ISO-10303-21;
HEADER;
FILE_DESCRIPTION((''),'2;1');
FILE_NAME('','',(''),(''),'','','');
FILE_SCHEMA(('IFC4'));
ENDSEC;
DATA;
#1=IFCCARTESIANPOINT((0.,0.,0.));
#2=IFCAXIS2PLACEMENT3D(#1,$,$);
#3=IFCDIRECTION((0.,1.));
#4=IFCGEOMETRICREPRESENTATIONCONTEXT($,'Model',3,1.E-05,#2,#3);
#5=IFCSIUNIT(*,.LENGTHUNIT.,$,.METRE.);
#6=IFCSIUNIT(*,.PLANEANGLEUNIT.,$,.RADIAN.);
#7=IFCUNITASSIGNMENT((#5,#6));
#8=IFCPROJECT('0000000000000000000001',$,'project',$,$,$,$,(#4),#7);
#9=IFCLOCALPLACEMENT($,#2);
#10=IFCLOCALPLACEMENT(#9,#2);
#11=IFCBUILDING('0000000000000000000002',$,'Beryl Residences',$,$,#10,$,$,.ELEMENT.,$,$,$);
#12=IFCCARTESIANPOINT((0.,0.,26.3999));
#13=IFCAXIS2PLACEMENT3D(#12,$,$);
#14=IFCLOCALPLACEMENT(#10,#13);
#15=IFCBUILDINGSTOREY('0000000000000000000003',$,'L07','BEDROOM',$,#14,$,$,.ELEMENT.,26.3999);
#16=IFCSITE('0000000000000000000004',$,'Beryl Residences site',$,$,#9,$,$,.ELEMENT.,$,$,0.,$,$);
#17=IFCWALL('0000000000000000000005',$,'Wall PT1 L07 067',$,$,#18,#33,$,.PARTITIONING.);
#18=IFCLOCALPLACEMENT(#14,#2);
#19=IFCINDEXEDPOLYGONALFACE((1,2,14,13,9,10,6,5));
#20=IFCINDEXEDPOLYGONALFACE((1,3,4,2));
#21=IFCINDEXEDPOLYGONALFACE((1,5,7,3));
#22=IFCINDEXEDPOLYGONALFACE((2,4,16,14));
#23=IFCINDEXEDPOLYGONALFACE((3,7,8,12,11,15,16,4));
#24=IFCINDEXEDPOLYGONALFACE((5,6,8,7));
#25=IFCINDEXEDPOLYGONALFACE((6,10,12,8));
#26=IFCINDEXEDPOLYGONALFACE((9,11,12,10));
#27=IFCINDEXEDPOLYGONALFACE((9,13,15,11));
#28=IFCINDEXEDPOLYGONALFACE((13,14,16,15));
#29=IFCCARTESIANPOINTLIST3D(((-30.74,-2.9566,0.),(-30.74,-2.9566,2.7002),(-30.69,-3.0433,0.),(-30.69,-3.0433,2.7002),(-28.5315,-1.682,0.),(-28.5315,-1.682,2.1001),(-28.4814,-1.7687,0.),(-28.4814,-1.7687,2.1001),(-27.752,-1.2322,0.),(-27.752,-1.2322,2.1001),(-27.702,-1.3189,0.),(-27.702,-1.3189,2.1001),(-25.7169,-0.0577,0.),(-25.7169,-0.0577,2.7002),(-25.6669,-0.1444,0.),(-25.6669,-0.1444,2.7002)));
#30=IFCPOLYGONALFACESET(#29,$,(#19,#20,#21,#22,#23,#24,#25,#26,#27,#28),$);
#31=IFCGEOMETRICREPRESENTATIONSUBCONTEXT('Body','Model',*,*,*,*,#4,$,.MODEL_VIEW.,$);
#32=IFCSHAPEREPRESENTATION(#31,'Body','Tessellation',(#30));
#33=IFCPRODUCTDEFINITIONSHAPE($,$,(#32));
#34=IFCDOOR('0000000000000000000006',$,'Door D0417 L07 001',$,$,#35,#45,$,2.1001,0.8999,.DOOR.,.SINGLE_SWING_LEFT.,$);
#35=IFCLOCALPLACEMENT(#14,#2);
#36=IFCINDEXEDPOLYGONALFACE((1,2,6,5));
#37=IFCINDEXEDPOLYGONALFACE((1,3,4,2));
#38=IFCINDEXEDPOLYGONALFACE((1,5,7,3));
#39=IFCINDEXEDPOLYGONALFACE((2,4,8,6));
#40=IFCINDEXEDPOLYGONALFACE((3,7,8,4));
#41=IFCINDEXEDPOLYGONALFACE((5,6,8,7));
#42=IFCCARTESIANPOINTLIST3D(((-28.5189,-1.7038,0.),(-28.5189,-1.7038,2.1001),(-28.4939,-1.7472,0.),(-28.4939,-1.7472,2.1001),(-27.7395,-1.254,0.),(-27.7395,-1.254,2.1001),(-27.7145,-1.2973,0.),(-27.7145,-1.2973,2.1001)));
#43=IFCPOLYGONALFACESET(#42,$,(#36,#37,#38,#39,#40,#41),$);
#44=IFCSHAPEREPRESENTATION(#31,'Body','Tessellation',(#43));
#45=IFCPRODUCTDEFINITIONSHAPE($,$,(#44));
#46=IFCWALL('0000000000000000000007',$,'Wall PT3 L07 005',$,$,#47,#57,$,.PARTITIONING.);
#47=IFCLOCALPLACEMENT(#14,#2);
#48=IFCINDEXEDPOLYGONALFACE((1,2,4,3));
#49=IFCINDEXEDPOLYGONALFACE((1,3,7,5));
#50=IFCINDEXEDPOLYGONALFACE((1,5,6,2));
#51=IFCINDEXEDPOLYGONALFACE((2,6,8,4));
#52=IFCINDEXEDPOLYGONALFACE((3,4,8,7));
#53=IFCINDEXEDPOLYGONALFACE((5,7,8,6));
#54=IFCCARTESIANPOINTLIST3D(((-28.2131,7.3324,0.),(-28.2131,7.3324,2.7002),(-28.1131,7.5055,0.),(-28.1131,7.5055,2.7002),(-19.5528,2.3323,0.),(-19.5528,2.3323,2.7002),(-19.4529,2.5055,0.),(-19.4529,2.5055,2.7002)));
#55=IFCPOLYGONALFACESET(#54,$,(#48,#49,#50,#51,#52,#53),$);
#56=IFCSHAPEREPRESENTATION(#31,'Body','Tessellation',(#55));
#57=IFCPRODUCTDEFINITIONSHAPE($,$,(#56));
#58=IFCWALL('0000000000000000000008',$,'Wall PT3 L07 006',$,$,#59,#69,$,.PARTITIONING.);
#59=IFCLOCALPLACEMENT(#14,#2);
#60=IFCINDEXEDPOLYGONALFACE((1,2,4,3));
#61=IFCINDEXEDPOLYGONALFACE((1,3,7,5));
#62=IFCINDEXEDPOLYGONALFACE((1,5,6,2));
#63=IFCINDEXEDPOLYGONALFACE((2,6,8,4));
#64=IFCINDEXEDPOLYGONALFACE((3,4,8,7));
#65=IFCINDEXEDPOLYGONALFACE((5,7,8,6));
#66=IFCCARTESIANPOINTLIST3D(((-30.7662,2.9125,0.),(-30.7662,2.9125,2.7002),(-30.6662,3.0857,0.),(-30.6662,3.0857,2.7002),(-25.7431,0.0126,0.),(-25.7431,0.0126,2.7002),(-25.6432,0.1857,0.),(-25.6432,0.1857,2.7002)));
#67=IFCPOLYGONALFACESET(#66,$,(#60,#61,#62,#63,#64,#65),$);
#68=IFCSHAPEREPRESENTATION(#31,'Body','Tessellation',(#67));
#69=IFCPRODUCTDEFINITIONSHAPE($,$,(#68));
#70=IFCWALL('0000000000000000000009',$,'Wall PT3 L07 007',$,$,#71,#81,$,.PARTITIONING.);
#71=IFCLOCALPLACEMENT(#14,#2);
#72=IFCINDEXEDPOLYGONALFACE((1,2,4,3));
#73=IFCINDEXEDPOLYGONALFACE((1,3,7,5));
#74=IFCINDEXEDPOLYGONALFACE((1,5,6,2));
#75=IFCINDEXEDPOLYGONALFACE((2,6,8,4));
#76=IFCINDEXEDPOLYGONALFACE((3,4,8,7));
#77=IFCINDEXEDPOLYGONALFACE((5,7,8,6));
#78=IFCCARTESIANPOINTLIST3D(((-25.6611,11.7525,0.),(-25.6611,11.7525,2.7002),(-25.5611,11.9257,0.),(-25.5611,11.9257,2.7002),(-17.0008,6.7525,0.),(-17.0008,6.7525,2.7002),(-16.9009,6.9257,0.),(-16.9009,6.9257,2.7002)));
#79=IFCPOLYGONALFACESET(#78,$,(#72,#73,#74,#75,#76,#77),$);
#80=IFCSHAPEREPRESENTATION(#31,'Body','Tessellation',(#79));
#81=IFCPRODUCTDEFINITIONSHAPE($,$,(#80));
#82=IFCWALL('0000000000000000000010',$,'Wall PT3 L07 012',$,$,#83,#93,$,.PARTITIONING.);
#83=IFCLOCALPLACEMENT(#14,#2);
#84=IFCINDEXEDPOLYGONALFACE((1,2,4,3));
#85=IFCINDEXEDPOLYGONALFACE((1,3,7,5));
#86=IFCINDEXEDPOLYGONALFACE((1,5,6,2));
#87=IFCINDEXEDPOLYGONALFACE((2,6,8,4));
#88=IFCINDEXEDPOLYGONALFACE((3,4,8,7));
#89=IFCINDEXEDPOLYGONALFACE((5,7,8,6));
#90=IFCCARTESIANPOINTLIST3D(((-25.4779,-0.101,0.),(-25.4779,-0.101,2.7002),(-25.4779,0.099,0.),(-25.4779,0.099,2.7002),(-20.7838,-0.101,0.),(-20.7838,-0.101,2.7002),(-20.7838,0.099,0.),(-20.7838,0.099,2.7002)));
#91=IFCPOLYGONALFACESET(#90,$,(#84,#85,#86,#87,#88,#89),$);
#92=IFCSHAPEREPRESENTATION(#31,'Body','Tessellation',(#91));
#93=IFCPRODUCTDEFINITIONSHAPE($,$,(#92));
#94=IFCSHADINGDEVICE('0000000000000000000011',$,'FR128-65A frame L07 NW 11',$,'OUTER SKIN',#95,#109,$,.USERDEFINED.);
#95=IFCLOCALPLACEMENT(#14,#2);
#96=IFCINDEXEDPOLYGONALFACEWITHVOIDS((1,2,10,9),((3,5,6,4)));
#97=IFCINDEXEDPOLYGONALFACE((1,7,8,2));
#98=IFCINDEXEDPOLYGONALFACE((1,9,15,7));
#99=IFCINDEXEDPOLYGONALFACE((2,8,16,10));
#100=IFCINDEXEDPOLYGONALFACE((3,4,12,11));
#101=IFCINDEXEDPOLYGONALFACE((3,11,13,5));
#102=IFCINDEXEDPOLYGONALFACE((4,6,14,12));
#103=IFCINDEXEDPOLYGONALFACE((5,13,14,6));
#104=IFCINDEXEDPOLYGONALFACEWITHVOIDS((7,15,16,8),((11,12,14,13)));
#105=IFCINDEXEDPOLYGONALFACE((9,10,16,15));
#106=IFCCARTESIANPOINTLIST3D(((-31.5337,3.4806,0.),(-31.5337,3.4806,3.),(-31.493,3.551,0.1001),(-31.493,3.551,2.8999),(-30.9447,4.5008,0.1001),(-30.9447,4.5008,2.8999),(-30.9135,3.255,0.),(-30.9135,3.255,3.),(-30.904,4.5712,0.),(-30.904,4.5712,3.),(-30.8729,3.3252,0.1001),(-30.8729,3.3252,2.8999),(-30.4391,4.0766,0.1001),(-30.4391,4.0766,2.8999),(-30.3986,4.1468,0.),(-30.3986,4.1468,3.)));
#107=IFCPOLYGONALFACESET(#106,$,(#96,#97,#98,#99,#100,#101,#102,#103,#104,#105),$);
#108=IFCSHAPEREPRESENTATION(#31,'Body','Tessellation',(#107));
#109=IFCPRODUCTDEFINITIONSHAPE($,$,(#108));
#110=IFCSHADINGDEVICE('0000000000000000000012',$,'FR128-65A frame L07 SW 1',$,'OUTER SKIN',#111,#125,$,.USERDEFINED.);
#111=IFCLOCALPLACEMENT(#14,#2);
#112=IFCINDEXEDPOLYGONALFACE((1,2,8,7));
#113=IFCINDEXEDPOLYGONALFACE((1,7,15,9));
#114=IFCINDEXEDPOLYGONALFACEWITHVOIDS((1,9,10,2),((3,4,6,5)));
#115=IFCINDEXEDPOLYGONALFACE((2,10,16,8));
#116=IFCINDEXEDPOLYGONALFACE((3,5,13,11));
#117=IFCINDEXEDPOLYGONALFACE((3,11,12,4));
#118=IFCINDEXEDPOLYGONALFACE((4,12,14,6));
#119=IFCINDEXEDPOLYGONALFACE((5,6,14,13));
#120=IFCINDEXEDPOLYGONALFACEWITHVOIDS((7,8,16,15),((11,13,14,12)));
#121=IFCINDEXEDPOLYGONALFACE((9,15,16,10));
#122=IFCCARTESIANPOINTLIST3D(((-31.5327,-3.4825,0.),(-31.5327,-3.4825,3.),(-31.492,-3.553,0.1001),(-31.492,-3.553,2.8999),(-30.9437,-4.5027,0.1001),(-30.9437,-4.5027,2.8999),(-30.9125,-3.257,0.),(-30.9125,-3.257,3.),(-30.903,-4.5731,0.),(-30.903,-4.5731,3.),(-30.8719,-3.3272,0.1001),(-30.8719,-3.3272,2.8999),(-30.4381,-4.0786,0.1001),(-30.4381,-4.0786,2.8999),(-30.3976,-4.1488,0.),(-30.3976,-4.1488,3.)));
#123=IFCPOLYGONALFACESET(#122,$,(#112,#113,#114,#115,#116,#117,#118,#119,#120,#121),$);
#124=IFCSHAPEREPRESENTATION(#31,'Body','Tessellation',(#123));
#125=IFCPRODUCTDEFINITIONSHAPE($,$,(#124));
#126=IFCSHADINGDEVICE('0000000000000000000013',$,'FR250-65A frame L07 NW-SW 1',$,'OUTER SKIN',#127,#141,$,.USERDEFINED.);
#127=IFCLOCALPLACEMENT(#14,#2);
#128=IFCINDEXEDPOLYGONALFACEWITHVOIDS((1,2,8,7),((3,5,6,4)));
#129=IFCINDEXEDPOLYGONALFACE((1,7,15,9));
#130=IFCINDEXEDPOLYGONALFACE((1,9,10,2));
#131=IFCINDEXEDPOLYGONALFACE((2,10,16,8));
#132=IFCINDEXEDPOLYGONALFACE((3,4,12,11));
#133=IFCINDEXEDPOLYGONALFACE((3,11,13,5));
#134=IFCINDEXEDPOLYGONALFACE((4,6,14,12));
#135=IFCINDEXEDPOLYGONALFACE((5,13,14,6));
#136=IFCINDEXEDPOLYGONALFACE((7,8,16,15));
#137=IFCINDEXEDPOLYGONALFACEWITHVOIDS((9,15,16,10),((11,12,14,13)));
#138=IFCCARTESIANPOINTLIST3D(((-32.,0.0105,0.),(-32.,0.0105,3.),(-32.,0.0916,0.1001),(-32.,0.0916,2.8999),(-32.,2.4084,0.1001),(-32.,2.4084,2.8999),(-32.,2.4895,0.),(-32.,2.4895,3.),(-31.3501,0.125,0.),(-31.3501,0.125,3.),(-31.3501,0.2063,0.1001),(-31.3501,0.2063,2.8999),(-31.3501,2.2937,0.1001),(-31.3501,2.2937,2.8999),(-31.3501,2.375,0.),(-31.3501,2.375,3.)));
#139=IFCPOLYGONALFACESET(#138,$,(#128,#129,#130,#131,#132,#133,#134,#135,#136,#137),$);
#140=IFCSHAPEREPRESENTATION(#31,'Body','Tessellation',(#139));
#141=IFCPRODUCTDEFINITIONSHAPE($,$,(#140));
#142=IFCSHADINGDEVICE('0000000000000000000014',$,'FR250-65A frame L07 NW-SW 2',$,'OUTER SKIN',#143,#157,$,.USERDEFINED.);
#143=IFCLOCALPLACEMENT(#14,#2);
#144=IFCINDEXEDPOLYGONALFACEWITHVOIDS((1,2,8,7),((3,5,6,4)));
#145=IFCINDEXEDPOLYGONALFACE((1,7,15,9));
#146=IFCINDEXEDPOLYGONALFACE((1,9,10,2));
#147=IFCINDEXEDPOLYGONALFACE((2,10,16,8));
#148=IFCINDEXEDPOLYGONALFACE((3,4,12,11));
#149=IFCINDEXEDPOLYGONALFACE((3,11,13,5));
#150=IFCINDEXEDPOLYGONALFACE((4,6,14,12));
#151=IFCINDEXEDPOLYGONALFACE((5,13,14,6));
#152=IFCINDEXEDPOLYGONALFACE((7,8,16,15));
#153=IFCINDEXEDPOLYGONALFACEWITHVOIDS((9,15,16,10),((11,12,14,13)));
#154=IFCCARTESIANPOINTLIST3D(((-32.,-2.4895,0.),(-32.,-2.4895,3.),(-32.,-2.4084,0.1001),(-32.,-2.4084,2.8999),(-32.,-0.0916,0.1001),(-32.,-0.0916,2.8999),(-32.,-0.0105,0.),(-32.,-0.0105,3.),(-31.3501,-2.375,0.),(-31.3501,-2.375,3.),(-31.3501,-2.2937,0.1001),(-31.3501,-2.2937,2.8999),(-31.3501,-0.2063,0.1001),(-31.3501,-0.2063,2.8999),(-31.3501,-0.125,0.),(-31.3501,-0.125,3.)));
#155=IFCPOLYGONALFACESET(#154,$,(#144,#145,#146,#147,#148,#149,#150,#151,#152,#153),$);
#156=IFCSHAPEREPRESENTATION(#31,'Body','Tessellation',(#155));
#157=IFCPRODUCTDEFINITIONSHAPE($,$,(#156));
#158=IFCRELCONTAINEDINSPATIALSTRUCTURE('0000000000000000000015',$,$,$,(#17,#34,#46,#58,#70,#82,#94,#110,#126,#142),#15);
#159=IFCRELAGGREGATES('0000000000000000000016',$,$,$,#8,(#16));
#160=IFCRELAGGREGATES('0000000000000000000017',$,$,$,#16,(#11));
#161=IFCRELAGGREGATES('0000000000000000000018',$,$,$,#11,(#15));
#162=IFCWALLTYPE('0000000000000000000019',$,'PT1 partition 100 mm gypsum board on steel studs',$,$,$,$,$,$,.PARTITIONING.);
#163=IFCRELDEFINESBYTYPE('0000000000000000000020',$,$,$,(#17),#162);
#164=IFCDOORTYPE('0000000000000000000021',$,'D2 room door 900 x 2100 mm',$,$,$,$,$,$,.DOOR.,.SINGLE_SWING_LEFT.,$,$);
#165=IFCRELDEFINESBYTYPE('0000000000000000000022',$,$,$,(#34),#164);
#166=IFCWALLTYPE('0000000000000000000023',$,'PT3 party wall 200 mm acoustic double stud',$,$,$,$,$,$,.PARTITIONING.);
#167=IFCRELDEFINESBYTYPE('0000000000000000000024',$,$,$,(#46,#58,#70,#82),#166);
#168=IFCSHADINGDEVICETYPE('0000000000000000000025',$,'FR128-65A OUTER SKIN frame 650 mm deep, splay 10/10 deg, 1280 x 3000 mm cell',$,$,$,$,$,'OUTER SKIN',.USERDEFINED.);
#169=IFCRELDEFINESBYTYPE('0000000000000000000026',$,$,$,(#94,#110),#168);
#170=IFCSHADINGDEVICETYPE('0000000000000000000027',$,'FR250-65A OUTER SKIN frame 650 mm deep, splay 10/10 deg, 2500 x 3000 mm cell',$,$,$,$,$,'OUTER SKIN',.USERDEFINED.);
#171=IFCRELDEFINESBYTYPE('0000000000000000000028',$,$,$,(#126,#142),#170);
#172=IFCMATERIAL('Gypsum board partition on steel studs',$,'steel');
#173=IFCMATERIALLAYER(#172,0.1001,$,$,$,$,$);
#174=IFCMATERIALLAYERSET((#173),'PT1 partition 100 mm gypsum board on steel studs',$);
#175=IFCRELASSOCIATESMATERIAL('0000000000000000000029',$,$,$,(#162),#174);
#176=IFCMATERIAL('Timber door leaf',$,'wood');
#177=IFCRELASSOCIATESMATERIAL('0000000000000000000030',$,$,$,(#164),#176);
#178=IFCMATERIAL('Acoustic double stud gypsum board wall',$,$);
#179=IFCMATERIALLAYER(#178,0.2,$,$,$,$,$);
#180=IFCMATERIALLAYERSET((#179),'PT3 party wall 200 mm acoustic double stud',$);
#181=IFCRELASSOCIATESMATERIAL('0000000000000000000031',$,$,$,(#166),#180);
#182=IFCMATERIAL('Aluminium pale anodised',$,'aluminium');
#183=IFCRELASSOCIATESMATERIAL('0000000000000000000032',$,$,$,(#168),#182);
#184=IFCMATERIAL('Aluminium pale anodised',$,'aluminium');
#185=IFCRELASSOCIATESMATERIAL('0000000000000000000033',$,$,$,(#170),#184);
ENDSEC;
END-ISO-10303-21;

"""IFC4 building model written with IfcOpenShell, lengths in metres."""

from ifc_helpers import new_model, entity, si_unit, direction, frame, frame_2d, origin, place, context, subcontext, project, spatial, rectangle, extrude, source, transform, mapped, material, layer, layer_set, type_object, type_shapes, element, fill, save


model = new_model("IFC4")

# Units and contexts
model_context = context("Model", 3, precision=1e-05, world=origin(), true_north=direction((0.0, 1.0)))
body_context = subcontext(model_context, "Body", "Model", "MODEL_VIEW")
ifc_project = project(units=[si_unit("LENGTHUNIT", "METRE"), si_unit("PLANEANGLEUNIT", "RADIAN")], contexts=[model_context])

# Site, building, storey
site_placement = place(None, origin())
site = spatial("IfcSite", under=ifc_project, at=site_placement, Name="Beryl Residences site", CompositionType="ELEMENT", RefElevation=0.0)
building_placement = place(site_placement, origin())
building = spatial("IfcBuilding", under=site, at=building_placement, Name="Beryl Residences", CompositionType="ELEMENT")
storey_placement = place(building_placement, frame((0.0, 0.0, 26.3999)))
storey = spatial("IfcBuildingStorey", under=building, at=storey_placement, Name="L07", Description="BEDROOM", CompositionType="ELEMENT", Elevation=26.3999)

# Wall, opening, door
ifc_material_1 = material(Name="Gypsum board partition on steel studs", Category="steel")
ifc_layer_1 = layer(ifc_material_1, 0.1001)
ifc_layer_set_1 = layer_set([ifc_layer_1], Name="PT1 partition 100 mm gypsum board on steel studs")
wall_type_1 = type_object("IfcWallType", Name="PT1 partition 100 mm gypsum board on steel studs", PredefinedType="PARTITIONING", material=ifc_layer_set_1)
wall_1_placement = place(storey_placement, frame((-30.7151, -3.0, 0.0), z_axis=(0.0, 0.0, 1.0), x_axis=(0.866116, 0.499843, 0.0)))
wall_1 = element("IfcWall", 1, at=wall_1_placement, inside=storey, type_object=wall_type_1, Name="Wall PT1 L07 067", PredefinedType="PARTITIONING", context=body_context, shape_type="SweptSolid", body=[
    extrude(rectangle(XDim=5.7996, YDim=0.1001, at=frame_2d((2.8999, 0.0))), origin(), (0.0, 0.0, 1.0), 2.7002),
])
opening_1_placement = place(wall_1_placement, frame((2.55, 0.0, 0.0)))
opening_1 = element("IfcOpeningElement", 2, at=opening_1_placement, cuts=wall_1, PredefinedType="OPENING", context=body_context, shape_type="SweptSolid", body=[
    extrude(rectangle(XDim=0.8999, YDim=2.1001, at=frame_2d((0.45, 1.05))), frame((0.0, 0.0601, 0.0), z_axis=(0.0, -1.0, 0.0), x_axis=(1.0, 0.0, 0.0)), (0.0, 0.0, 1.0), 0.1201),
])
ifc_material_2 = material(Name="Timber door leaf", Category="wood")
door_type_1 = type_object("IfcDoorType", Name="D2 room door 900 x 2100 mm", OperationType="SINGLE_SWING_LEFT", PredefinedType="DOOR", material=ifc_material_2)
door_1_placement = place(opening_1_placement, origin())
door_1 = element("IfcDoor", 3, at=door_1_placement, inside=storey, type_object=door_type_1, Name="Door D0417 L07 001", OperationType="SINGLE_SWING_LEFT", OverallHeight=2.1001, OverallWidth=0.8999, PredefinedType="DOOR", context=body_context, shape_type="SweptSolid", body=[
    extrude(rectangle(XDim=0.8999, YDim=2.1001, at=frame_2d((0.45, 1.05))), frame((0.0, 0.0249, 0.0), z_axis=(0.0, -1.0, 0.0), x_axis=(1.0, 0.0, 0.0)), (0.0, 0.0, 1.0), 0.05),
])
fill(opening_1, door_1)

# Walls
ifc_material_3 = material(Name="Acoustic double stud gypsum board wall")
ifc_layer_2 = layer(ifc_material_3, 0.2)
ifc_layer_set_2 = layer_set([ifc_layer_2], Name="PT3 party wall 200 mm acoustic double stud")
wall_type_2 = type_object("IfcWallType", Name="PT3 party wall 200 mm acoustic double stud", PredefinedType="PARTITIONING", material=ifc_layer_set_2)
wall_2_placement = place(storey_placement, frame((-28.1631, 7.4189, 0.0), z_axis=(0.0, 0.0, 1.0), x_axis=(0.866023, -0.500004, 0.0)))
element("IfcWall", 4, at=wall_2_placement, inside=storey, type_object=wall_type_2, Name="Wall PT3 L07 005", PredefinedType="PARTITIONING", context=body_context, shape_type="SweptSolid", body=[
    extrude(rectangle(XDim=10.0, YDim=0.2, at=frame_2d((5.0, 0.0))), origin(), (0.0, 0.0, 1.0), 2.7002),
])
wall_3_placement = place(storey_placement, frame((-30.7161, 2.999, 0.0), z_axis=(0.0, 0.0, 1.0), x_axis=(0.866033, -0.499987, 0.0)))
element("IfcWall", 5, at=wall_3_placement, inside=storey, type_object=wall_type_2, Name="Wall PT3 L07 006", PredefinedType="PARTITIONING", context=body_context, shape_type="SweptSolid", body=[
    extrude(rectangle(XDim=5.8, YDim=0.2, at=frame_2d((2.8999, 0.0))), origin(), (0.0, 0.0, 1.0), 2.7002),
])
wall_4_placement = place(storey_placement, frame((-25.6111, 11.8391, 0.0), z_axis=(0.0, 0.0, 1.0), x_axis=(0.866023, -0.500004, 0.0)))
element("IfcWall", 6, at=wall_4_placement, inside=storey, type_object=wall_type_2, Name="Wall PT3 L07 007", PredefinedType="PARTITIONING", context=body_context, shape_type="SweptSolid", body=[
    extrude(rectangle(XDim=10.0, YDim=0.2, at=frame_2d((5.0, 0.0))), origin(), (0.0, 0.0, 1.0), 2.7002),
])
wall_5_placement = place(storey_placement, frame((-25.478, -0.001, 0.0), z_axis=(0.0, 0.0, 1.0), x_axis=(1.0, 0.0, 0.0)))
element("IfcWall", 7, at=wall_5_placement, inside=storey, type_object=wall_type_2, Name="Wall PT3 L07 012", PredefinedType="PARTITIONING", context=body_context, shape_type="SweptSolid", body=[
    extrude(rectangle(XDim=4.6941, YDim=0.2, at=frame_2d((2.3472, 0.0))), origin(), (0.0, 0.0, 1.0), 2.7002),
])

# Shading devices
ifc_material_4 = material(Name="Aluminium pale anodised", Category="aluminium")
shading_device_type_1 = type_object("IfcShadingDeviceType", Name="FR128-65A OUTER SKIN frame 650 mm deep, splay 10/10 deg, 1280 x 3000 mm cell", ElementType="OUTER SKIN", PredefinedType="USERDEFINED", material=ifc_material_4)
cartesian_point_1 = entity("IfcCartesianPoint", [-0.5149, 0.0])
cartesian_point_2 = entity("IfcCartesianPoint", [-0.4338, 0.1001])
cartesian_point_3 = entity("IfcCartesianPoint", [-0.6296, 0.0])
cartesian_point_4 = entity("IfcCartesianPoint", [-0.5483, 0.1001])
shared_shape_1 = source(origin(), body_context, "Body", "SweptSolid", [
    entity("IfcExtrudedAreaSolidTapered", entity("IfcArbitraryProfileDefWithVoids", "AREA", None, entity("IfcPolyline", [cartesian_point_1, entity("IfcCartesianPoint", [0.5149, 0.0]), entity("IfcCartesianPoint", [0.5149, 3.0]), entity("IfcCartesianPoint", [-0.5149, 3.0]), cartesian_point_1]), [entity("IfcPolyline", [cartesian_point_2, entity("IfcCartesianPoint", [0.4338, 0.1001]), entity("IfcCartesianPoint", [0.4338, 2.8999]), entity("IfcCartesianPoint", [-0.4338, 2.8999]), cartesian_point_2])]), entity("IfcAxis2Placement3D", entity("IfcCartesianPoint", [0.0, 0.0, 0.0]), entity("IfcDirection", [0.0, 1.0, 0.0]), entity("IfcDirection", [-1.0, 0.0, 0.0])), entity("IfcDirection", [0.0, 0.0, 1.0]), 0.6499, entity("IfcArbitraryProfileDefWithVoids", "AREA", None, entity("IfcPolyline", [cartesian_point_3, entity("IfcCartesianPoint", [0.6296, 0.0]), entity("IfcCartesianPoint", [0.6296, 3.0]), entity("IfcCartesianPoint", [-0.6296, 3.0]), cartesian_point_3]), [entity("IfcPolyline", [cartesian_point_4, entity("IfcCartesianPoint", [0.5483, 0.1001]), entity("IfcCartesianPoint", [0.5483, 2.8999]), entity("IfcCartesianPoint", [-0.5483, 2.8999]), cartesian_point_4])])),
])
type_shapes(shading_device_type_1, [shared_shape_1])
for number, where, z_axis, x_axis, name in (
    (8, (-30.656, 3.7009, 0.0), (0.0, 0.0, 1.0), (0.5, 0.866025, 0.0), "FR128-65A frame L07 NW 11"),
    (9, (-30.655, -3.7029, 0.0), (0.0, 0.0, 1.0), (-0.5, 0.866025, 0.0), "FR128-65A frame L07 SW 1"),
):
    element("IfcShadingDevice", number, at=place(storey_placement, frame(where, z_axis=z_axis, x_axis=x_axis)), inside=storey, type_object=shading_device_type_1, Name=name, ObjectType="OUTER SKIN", PredefinedType="USERDEFINED", context=body_context, shape_type="MappedRepresentation", body=[
        mapped(shared_shape_1, transform((0.0, 0.0, 0.0))),
    ])
ifc_material_5 = material(Name="Aluminium pale anodised", Category="aluminium")
shading_device_type_2 = type_object("IfcShadingDeviceType", Name="FR250-65A OUTER SKIN frame 650 mm deep, splay 10/10 deg, 2500 x 3000 mm cell", ElementType="OUTER SKIN", PredefinedType="USERDEFINED", material=ifc_material_5)
cartesian_point_5 = entity("IfcCartesianPoint", [-1.125, 0.0])
cartesian_point_6 = entity("IfcCartesianPoint", [-1.0437, 0.1001])
cartesian_point_7 = entity("IfcCartesianPoint", [-1.2395, 0.0])
cartesian_point_8 = entity("IfcCartesianPoint", [-1.1584, 0.1001])
shared_shape_2 = source(origin(), body_context, "Body", "SweptSolid", [
    entity("IfcExtrudedAreaSolidTapered", entity("IfcArbitraryProfileDefWithVoids", "AREA", None, entity("IfcPolyline", [cartesian_point_5, entity("IfcCartesianPoint", [1.125, 0.0]), entity("IfcCartesianPoint", [1.125, 3.0]), entity("IfcCartesianPoint", [-1.125, 3.0]), cartesian_point_5]), [entity("IfcPolyline", [cartesian_point_6, entity("IfcCartesianPoint", [1.0437, 0.1001]), entity("IfcCartesianPoint", [1.0437, 2.8999]), entity("IfcCartesianPoint", [-1.0437, 2.8999]), cartesian_point_6])]), entity("IfcAxis2Placement3D", entity("IfcCartesianPoint", [0.0, 0.0, 0.0]), entity("IfcDirection", [0.0, 1.0, 0.0]), entity("IfcDirection", [-1.0, 0.0, 0.0])), entity("IfcDirection", [0.0, 0.0, 1.0]), 0.6499, entity("IfcArbitraryProfileDefWithVoids", "AREA", None, entity("IfcPolyline", [cartesian_point_7, entity("IfcCartesianPoint", [1.2395, 0.0]), entity("IfcCartesianPoint", [1.2395, 3.0]), entity("IfcCartesianPoint", [-1.2395, 3.0]), cartesian_point_7]), [entity("IfcPolyline", [cartesian_point_8, entity("IfcCartesianPoint", [1.1584, 0.1001]), entity("IfcCartesianPoint", [1.1584, 2.8999]), entity("IfcCartesianPoint", [-1.1584, 2.8999]), cartesian_point_8])])),
])
type_shapes(shading_device_type_2, [shared_shape_2])
for number, where, z_axis, x_axis, name in (
    (10, (-31.3501, 1.25, 0.0), (0.0, 0.0, 1.0), (0.0, 1.0, 0.0), "FR250-65A frame L07 NW-SW 1"),
    (11, (-31.3501, -1.25, 0.0), (0.0, 0.0, 1.0), (0.0, 1.0, 0.0), "FR250-65A frame L07 NW-SW 2"),
):
    element("IfcShadingDevice", number, at=place(storey_placement, frame(where, z_axis=z_axis, x_axis=x_axis)), inside=storey, type_object=shading_device_type_2, Name=name, ObjectType="OUTER SKIN", PredefinedType="USERDEFINED", context=body_context, shape_type="MappedRepresentation", body=[
        mapped(shared_shape_2, transform((0.0, 0.0, 0.0))),
    ])

save(model, "model.ifc")
